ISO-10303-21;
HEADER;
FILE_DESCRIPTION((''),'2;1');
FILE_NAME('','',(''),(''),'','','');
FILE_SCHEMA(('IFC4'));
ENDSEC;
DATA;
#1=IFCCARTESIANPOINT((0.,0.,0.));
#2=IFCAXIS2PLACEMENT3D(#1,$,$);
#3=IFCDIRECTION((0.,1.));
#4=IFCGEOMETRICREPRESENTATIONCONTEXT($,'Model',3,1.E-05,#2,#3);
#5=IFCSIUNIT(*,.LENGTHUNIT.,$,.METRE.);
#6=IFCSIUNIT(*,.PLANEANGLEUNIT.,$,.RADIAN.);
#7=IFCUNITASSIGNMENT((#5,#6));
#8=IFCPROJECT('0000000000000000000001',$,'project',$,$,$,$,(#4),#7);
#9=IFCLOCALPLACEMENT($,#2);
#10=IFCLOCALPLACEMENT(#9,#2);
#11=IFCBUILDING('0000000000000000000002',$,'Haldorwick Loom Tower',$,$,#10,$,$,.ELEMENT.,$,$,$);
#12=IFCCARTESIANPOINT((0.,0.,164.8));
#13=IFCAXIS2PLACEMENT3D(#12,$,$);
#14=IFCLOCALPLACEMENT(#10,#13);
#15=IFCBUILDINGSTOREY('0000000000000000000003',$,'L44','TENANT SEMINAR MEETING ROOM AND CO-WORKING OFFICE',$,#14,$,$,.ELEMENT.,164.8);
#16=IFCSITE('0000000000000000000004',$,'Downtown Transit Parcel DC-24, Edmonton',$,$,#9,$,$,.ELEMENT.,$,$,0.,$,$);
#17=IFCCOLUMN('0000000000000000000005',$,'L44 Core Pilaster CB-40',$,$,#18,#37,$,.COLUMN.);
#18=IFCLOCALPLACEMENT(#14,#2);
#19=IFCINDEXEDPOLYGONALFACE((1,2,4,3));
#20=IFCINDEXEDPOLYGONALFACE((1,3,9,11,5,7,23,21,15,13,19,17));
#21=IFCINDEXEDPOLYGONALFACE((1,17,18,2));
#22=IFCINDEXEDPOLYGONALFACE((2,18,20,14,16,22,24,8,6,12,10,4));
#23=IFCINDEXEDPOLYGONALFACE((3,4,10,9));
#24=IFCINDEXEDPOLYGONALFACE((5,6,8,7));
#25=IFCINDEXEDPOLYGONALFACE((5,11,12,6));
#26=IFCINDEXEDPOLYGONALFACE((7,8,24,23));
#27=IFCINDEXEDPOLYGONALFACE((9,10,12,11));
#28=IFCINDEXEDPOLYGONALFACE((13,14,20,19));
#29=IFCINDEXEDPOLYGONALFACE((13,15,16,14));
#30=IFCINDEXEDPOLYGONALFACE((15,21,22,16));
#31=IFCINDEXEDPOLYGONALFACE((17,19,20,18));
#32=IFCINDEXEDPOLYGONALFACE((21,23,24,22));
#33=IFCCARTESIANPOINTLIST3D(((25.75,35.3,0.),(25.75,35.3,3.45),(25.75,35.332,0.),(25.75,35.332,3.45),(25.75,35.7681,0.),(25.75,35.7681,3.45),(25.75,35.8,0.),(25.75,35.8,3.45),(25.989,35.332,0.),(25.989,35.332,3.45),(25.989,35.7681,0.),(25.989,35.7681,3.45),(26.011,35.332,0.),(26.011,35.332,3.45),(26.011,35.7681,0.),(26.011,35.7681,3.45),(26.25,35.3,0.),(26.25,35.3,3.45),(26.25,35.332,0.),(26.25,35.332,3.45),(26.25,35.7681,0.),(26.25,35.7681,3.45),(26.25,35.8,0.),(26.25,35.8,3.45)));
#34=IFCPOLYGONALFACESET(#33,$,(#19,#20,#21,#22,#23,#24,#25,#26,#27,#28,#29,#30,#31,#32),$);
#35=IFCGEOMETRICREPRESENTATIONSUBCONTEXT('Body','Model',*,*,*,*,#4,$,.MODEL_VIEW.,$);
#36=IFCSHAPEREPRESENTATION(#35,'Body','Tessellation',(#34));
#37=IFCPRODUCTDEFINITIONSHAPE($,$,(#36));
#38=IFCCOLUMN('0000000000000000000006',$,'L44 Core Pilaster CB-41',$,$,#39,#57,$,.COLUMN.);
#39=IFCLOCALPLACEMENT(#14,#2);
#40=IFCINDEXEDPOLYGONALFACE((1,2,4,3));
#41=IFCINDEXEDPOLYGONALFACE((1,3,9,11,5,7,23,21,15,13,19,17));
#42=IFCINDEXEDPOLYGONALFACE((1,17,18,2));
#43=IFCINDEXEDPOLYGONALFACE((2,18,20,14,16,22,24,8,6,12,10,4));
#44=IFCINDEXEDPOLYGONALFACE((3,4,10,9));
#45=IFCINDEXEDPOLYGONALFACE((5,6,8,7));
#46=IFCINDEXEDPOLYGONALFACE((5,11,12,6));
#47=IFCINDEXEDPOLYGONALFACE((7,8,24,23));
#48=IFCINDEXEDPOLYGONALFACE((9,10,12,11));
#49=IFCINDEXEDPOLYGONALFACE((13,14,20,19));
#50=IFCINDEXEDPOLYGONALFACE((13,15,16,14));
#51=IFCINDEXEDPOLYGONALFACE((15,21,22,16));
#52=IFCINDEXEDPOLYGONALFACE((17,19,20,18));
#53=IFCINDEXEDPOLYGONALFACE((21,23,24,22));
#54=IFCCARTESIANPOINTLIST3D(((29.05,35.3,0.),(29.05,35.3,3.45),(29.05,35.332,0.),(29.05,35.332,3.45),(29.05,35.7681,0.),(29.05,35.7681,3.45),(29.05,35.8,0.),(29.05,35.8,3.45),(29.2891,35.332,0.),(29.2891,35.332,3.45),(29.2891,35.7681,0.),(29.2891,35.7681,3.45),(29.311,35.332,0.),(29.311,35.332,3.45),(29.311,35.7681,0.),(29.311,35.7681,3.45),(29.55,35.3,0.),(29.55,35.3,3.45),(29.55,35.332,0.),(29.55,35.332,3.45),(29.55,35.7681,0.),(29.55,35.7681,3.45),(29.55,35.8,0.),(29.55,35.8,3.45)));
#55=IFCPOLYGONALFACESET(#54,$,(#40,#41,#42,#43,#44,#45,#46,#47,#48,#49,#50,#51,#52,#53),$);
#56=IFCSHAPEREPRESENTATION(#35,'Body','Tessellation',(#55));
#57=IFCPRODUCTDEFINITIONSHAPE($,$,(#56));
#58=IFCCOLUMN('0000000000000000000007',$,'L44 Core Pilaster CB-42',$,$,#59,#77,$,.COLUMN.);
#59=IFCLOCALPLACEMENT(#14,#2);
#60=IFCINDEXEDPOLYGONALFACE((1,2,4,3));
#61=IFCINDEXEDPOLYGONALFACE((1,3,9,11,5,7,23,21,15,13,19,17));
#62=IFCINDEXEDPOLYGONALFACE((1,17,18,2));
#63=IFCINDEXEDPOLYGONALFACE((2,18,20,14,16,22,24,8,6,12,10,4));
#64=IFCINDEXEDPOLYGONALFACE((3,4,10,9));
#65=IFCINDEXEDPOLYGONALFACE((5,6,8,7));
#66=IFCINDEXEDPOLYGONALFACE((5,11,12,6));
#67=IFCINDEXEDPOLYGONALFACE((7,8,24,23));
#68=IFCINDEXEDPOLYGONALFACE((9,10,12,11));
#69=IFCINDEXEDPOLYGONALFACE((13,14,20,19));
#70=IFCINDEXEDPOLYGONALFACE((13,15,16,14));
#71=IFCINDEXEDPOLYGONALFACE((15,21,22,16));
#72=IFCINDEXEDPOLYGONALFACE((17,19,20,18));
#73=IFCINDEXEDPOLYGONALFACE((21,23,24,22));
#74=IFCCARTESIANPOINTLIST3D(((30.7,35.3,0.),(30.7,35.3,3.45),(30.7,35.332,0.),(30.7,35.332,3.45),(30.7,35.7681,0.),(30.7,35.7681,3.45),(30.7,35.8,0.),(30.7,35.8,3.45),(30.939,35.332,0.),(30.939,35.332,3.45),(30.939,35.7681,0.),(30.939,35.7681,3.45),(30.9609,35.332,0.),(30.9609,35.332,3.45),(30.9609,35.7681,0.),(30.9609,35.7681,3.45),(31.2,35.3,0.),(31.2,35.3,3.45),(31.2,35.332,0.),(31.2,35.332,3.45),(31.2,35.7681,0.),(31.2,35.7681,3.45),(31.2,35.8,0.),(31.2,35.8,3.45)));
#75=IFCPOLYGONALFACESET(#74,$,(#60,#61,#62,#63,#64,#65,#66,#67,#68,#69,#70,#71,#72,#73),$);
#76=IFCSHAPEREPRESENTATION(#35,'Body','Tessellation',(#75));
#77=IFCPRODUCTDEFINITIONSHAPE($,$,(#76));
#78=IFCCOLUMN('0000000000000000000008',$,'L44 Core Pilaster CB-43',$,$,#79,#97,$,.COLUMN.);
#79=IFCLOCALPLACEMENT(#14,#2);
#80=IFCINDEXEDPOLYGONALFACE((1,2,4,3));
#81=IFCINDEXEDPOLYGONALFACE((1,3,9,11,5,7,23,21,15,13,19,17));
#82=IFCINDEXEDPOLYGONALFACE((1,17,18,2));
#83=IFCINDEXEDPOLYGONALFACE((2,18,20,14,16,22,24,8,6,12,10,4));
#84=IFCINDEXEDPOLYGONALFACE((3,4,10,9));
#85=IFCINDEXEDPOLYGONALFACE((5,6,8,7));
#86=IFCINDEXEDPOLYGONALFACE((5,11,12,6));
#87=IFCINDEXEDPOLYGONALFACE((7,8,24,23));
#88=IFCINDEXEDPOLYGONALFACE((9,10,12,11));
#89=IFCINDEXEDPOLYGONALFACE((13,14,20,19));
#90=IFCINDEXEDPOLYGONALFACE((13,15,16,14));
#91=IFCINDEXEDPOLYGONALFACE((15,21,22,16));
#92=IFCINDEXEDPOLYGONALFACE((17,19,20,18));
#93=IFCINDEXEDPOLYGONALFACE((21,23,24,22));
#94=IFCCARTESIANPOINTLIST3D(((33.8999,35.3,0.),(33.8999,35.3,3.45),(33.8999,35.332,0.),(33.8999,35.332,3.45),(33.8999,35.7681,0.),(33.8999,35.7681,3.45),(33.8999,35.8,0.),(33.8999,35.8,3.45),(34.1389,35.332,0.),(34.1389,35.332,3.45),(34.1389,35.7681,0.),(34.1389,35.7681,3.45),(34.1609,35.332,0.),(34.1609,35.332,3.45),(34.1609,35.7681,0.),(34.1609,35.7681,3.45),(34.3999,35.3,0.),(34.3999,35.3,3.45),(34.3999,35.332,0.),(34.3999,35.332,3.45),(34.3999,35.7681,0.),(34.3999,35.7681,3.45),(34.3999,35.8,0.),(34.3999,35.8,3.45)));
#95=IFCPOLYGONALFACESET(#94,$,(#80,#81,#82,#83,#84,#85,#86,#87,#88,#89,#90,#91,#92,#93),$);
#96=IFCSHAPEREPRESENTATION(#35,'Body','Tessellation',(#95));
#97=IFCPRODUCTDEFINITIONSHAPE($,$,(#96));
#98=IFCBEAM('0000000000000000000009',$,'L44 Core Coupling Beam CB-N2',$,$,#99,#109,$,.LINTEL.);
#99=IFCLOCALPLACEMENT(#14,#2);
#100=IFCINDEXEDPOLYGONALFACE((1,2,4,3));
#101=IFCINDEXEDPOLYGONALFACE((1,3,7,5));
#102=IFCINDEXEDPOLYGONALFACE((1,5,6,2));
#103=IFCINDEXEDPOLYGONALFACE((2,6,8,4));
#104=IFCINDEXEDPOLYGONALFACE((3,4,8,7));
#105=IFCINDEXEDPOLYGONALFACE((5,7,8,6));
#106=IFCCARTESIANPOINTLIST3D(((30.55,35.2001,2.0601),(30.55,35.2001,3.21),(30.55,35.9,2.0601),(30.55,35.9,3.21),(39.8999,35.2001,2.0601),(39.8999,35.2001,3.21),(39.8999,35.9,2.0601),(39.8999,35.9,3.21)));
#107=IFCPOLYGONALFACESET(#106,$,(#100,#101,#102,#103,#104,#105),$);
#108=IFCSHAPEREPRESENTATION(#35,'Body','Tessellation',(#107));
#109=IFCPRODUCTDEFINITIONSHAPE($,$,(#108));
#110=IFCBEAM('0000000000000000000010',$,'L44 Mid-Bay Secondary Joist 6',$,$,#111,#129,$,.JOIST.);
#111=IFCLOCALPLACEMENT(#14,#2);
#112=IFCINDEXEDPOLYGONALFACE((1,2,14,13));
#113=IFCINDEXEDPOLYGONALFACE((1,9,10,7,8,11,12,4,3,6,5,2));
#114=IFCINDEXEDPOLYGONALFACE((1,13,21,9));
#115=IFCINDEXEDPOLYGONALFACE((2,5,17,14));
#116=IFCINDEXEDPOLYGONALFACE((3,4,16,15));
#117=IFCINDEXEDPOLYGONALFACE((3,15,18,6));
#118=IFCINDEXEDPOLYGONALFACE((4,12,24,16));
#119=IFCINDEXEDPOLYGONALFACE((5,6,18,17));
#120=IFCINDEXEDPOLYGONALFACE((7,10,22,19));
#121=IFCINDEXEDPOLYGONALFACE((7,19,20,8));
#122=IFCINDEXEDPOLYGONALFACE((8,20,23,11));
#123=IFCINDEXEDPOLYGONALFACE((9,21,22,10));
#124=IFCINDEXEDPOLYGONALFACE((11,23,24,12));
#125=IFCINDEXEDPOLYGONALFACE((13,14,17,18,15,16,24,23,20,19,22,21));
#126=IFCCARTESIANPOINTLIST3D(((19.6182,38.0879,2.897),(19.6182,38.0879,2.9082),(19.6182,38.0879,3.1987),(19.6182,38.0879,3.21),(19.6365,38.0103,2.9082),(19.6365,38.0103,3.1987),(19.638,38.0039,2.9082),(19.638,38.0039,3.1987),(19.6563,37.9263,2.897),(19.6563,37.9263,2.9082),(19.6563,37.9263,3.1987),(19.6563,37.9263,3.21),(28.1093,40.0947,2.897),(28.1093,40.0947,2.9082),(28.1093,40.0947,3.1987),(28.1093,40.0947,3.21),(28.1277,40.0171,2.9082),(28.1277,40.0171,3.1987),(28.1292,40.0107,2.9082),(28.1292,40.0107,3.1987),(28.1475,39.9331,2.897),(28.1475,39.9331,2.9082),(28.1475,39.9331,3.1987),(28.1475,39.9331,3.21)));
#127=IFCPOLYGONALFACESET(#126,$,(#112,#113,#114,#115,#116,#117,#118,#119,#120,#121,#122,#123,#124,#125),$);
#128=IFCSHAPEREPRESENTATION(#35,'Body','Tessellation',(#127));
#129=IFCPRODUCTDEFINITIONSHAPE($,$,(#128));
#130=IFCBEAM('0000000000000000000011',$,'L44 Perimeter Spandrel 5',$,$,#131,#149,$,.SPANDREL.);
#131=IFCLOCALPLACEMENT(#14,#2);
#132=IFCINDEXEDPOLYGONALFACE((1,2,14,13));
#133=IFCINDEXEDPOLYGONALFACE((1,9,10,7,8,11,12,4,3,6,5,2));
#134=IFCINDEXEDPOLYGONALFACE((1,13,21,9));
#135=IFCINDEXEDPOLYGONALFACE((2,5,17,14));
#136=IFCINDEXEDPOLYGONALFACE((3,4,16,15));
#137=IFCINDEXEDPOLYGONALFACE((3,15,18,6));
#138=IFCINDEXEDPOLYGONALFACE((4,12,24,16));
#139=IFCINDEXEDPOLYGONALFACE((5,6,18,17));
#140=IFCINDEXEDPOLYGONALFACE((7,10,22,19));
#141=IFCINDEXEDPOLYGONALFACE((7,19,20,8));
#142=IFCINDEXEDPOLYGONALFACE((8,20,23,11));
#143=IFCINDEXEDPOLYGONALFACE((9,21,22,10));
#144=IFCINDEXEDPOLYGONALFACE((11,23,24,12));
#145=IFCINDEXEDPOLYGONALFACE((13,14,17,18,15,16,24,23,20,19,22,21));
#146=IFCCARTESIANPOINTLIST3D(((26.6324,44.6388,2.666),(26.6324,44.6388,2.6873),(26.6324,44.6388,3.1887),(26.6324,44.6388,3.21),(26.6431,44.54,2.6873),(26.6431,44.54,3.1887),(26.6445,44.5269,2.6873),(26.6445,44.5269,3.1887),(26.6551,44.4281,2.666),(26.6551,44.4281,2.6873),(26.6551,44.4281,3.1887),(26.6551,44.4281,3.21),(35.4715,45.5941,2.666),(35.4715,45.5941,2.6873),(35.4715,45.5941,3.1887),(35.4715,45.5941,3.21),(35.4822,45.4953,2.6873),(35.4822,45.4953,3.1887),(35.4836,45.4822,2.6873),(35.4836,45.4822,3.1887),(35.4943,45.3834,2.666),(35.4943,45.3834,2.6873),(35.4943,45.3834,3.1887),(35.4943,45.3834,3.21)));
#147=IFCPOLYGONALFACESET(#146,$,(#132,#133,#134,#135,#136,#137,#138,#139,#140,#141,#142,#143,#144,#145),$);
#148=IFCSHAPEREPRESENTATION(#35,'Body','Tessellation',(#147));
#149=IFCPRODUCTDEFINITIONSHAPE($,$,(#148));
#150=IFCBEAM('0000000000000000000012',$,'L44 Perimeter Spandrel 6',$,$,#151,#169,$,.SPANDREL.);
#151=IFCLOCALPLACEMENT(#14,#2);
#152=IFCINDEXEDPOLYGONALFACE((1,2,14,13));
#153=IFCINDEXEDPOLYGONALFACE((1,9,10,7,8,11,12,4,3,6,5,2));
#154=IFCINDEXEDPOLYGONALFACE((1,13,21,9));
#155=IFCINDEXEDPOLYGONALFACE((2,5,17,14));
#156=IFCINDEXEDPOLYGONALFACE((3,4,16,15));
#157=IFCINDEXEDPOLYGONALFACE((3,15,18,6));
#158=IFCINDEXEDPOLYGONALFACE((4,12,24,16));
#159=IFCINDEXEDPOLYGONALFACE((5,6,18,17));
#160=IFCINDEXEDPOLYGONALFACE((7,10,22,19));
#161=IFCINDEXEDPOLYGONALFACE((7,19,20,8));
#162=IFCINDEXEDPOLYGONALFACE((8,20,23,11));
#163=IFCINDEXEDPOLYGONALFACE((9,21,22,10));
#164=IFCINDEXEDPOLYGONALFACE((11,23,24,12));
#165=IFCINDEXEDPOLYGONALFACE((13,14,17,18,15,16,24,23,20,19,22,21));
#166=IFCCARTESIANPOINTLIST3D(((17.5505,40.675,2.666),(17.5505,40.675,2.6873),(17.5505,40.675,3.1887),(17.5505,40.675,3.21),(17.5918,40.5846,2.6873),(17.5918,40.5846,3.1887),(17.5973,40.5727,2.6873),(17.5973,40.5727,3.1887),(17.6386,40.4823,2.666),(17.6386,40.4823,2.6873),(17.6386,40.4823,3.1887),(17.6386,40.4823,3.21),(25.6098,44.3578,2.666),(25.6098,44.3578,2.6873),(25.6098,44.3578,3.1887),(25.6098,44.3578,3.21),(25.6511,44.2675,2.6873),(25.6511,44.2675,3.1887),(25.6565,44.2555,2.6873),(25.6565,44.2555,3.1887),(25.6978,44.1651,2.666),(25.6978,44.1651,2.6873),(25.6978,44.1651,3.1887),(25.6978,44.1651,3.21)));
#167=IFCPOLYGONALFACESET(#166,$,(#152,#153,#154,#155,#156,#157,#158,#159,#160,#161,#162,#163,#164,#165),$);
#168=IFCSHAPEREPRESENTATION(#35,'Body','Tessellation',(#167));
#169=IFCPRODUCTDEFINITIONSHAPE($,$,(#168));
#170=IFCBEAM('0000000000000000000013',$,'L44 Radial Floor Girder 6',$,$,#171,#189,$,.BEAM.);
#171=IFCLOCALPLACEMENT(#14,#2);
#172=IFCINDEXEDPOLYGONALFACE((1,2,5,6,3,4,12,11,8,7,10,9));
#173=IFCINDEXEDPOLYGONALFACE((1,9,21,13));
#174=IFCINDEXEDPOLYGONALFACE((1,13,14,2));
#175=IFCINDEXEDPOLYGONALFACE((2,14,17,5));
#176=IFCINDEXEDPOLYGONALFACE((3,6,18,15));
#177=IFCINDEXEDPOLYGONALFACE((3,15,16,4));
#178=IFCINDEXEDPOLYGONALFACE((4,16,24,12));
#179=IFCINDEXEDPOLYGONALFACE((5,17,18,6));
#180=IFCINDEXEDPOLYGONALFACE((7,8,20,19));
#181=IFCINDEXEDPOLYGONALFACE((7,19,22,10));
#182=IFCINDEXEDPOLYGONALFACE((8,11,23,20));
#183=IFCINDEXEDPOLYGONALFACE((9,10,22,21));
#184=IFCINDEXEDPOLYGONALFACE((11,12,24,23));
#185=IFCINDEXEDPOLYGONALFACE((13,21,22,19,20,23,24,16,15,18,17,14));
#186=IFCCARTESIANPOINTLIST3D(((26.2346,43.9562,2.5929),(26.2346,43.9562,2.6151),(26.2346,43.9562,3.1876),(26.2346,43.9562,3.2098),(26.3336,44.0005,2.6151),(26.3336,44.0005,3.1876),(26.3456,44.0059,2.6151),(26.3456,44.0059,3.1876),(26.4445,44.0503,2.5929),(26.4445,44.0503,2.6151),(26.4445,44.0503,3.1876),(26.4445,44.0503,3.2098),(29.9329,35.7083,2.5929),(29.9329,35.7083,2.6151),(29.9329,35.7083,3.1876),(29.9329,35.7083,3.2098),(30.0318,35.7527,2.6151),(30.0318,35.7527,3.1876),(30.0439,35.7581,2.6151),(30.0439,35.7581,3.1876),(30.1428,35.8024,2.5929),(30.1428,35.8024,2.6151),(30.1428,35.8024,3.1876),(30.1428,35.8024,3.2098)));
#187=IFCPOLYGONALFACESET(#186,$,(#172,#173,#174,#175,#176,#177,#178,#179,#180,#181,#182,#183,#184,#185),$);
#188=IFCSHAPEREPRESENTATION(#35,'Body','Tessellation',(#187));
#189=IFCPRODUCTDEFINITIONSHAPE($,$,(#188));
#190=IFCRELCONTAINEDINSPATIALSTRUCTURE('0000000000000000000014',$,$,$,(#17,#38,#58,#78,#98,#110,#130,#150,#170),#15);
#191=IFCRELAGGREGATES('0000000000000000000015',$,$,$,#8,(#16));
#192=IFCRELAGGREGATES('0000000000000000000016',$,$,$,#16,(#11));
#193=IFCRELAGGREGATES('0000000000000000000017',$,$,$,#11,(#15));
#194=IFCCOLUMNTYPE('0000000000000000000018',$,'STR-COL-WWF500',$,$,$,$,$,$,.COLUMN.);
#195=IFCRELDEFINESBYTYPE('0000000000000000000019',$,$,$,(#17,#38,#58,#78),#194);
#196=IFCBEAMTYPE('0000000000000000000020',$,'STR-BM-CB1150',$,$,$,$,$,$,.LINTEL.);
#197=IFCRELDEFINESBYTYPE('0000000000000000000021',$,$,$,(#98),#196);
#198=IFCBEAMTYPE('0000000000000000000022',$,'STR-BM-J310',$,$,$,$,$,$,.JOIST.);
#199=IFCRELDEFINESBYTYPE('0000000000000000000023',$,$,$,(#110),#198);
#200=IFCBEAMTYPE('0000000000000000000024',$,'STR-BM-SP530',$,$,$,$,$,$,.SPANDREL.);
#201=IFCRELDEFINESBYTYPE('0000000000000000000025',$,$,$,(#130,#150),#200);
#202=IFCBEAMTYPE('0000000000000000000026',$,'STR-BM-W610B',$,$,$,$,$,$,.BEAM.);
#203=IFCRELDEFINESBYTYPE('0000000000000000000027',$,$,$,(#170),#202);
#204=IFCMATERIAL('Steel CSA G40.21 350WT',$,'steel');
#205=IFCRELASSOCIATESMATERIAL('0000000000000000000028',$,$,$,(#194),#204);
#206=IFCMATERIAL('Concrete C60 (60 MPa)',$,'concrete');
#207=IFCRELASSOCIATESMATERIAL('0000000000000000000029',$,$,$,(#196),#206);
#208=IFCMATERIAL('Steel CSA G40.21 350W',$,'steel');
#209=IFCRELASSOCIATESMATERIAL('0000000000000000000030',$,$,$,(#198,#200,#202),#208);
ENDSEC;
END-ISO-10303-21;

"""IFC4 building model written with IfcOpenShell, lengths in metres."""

from ifc_helpers import new_model, si_unit, direction, frame, origin, origin_2d, place, context, subcontext, project, spatial, rectangle, i_section, extrude, material, material_profile, profile_set, type_object, element, save


model = new_model("IFC4")

# Units and contexts
model_context = context("Model", 3, precision=1e-05, world=origin(), true_north=direction((0.0, 1.0)))
body_context = subcontext(model_context, "Body", "Model", "MODEL_VIEW")
ifc_project = project(units=[si_unit("LENGTHUNIT", "METRE"), si_unit("PLANEANGLEUNIT", "RADIAN")], contexts=[model_context])

# Site, building, storey
site_placement = place(None, origin())
site = spatial("IfcSite", under=ifc_project, at=site_placement, Name="Downtown Transit Parcel DC-24, Edmonton", CompositionType="ELEMENT", RefElevation=0.0)
building_placement = place(site_placement, origin())
building = spatial("IfcBuilding", under=site, at=building_placement, Name="Haldorwick Loom Tower", CompositionType="ELEMENT")
storey_placement = place(building_placement, frame((0.0, 0.0, 164.8)))
storey = spatial("IfcBuildingStorey", under=building, at=storey_placement, Name="L44", Description="TENANT SEMINAR MEETING ROOM AND CO-WORKING OFFICE", CompositionType="ELEMENT", Elevation=164.8)

# Columns
ifc_material_1 = material(Name="Concrete C60 (60 MPa)", Category="concrete")
ifc_material_2 = material(Name="Steel CSA G40.21 350WT", Category="steel")
ifc_material_profile_1 = material_profile(ifc_material_2, i_section(OverallWidth=0.5, OverallDepth=0.5, WebThickness=0.022, FlangeThickness=0.032, at=origin_2d()), Name="WWF500X500", Category="steel")
ifc_profile_set_1 = profile_set([ifc_material_profile_1], Name="Steel CSA G40.21 350WT")
column_type_1 = type_object("IfcColumnType", Name="STR-COL-WWF500", PredefinedType="COLUMN", material=ifc_profile_set_1)
for number, where, z_axis, x_axis, name in (
    (1, (26.0, 35.55, 0.0), (0.0, 0.0, 1.0), (1.0, 0.0, 0.0), "L44 Core Pilaster CB-40"),
    (2, (29.3, 35.55, 0.0), (0.0, 0.0, 1.0), (1.0, 0.0, 0.0), "L44 Core Pilaster CB-41"),
    (3, (30.95, 35.55, 0.0), (0.0, 0.0, 1.0), (1.0, 0.0, 0.0), "L44 Core Pilaster CB-42"),
    (4, (34.1499, 35.55, 0.0), (0.0, 0.0, 1.0), (1.0, 0.0, 0.0), "L44 Core Pilaster CB-43"),
):
    element("IfcColumn", number, at=place(storey_placement, frame(where, z_axis=z_axis, x_axis=x_axis)), inside=storey, type_object=column_type_1, Name=name, PredefinedType="COLUMN", context=body_context, shape_type="SweptSolid", body=[
        extrude(i_section(OverallWidth=0.5, OverallDepth=0.5, WebThickness=0.022, FlangeThickness=0.032, at=origin_2d()), origin(), (0.0, 0.0, 1.0), 3.45),
    ])

# Beams
ifc_material_profile_2 = material_profile(ifc_material_1, rectangle(XDim=0.7, YDim=1.1499, at=origin_2d()), Name="RC700X1150", Category="concrete")
ifc_profile_set_2 = profile_set([ifc_material_profile_2], Name="Concrete C60 (60 MPa)")
beam_type_1 = type_object("IfcBeamType", Name="STR-BM-CB1150", PredefinedType="LINTEL", material=ifc_profile_set_2)
beam_1_placement = place(storey_placement, frame((30.55, 35.55, 2.635), z_axis=(1.0, 0.0, 0.0), x_axis=(0.0, 1.0, 0.0)))
element("IfcBeam", 5, at=beam_1_placement, inside=storey, type_object=beam_type_1, Name="L44 Core Coupling Beam CB-N2", PredefinedType="LINTEL", context=body_context, shape_type="SweptSolid", body=[
    extrude(rectangle(XDim=0.7, YDim=1.1499, at=origin_2d()), origin(), (0.0, 0.0, 1.0), 9.3499),
])
ifc_material_3 = material(Name="Steel CSA G40.21 350W", Category="steel")
ifc_material_profile_3 = material_profile(ifc_material_3, i_section(OverallWidth=0.166, OverallDepth=0.313, WebThickness=0.0066, FlangeThickness=0.0112, at=origin_2d()), Name="W310X45", Category="steel")
ifc_profile_set_3 = profile_set([ifc_material_profile_3], Name="Steel CSA G40.21 350W")
beam_type_2 = type_object("IfcBeamType", Name="STR-BM-J310", PredefinedType="JOIST", material=ifc_profile_set_3)
beam_2_placement = place(storey_placement, frame((28.1284, 40.0139, 3.0535), z_axis=(-0.973189, -0.230006, 0.0), x_axis=(0.230006, -0.973189, 0.0)))
element("IfcBeam", 6, at=beam_2_placement, inside=storey, type_object=beam_type_2, Name="L44 Mid-Bay Secondary Joist 6", PredefinedType="JOIST", context=body_context, shape_type="SweptSolid", body=[
    extrude(i_section(OverallWidth=0.166, OverallDepth=0.313, WebThickness=0.0066, FlangeThickness=0.0112, at=origin_2d()), origin(), (0.0, 0.0, 1.0), 8.7251),
])
ifc_material_profile_4 = material_profile(ifc_material_3, i_section(OverallWidth=0.2119, OverallDepth=0.5439, WebThickness=0.0132, FlangeThickness=0.0212, at=origin_2d()), Name="W530X123", Category="steel")
ifc_profile_set_4 = profile_set([ifc_material_profile_4], Name="Steel CSA G40.21 350W")
beam_type_3 = type_object("IfcBeamType", Name="STR-BM-SP530", PredefinedType="SPANDREL", material=ifc_profile_set_4)
beam_3_placement = place(storey_placement, frame((35.4829, 45.4888, 2.938), z_axis=(-0.99421, -0.107453, 0.0), x_axis=(0.107453, -0.99421, 0.0)))
element("IfcBeam", 7, at=beam_3_placement, inside=storey, type_object=beam_type_3, Name="L44 Perimeter Spandrel 5", PredefinedType="SPANDREL", context=body_context, shape_type="SweptSolid", body=[
    extrude(i_section(OverallWidth=0.2119, OverallDepth=0.5439, WebThickness=0.0132, FlangeThickness=0.0212, at=origin_2d()), origin(), (0.0, 0.0, 1.0), 8.8906),
])
beam_4_placement = place(storey_placement, frame((25.6538, 44.2615, 2.938), z_axis=(-0.909534, -0.415629, 0.0), x_axis=(0.415629, -0.909534, 0.0)))
element("IfcBeam", 8, at=beam_4_placement, inside=storey, type_object=beam_type_3, Name="L44 Perimeter Spandrel 6", PredefinedType="SPANDREL", context=body_context, shape_type="SweptSolid", body=[
    extrude(i_section(OverallWidth=0.2119, OverallDepth=0.5439, WebThickness=0.0132, FlangeThickness=0.0212, at=origin_2d()), origin(), (0.0, 0.0, 1.0), 8.8608),
])
ifc_material_profile_5 = material_profile(ifc_material_3, i_section(OverallWidth=0.23, OverallDepth=0.6169, WebThickness=0.0132, FlangeThickness=0.0222, at=origin_2d()), Name="W610X140", Category="steel")
ifc_profile_set_5 = profile_set([ifc_material_profile_5], Name="Steel CSA G40.21 350W")
beam_type_4 = type_object("IfcBeamType", Name="STR-BM-W610B", PredefinedType="BEAM", material=ifc_profile_set_5)
beam_5_placement = place(storey_placement, frame((30.0378, 35.7554, 2.9014), z_axis=(-0.409144, 0.91247, 0.0), x_axis=(-0.91247, -0.409144, 0.0)))
element("IfcBeam", 9, at=beam_5_placement, inside=storey, type_object=beam_type_4, Name="L44 Radial Floor Girder 6", PredefinedType="BEAM", context=body_context, shape_type="SweptSolid", body=[
    extrude(i_section(OverallWidth=0.23, OverallDepth=0.6169, WebThickness=0.0132, FlangeThickness=0.0222, at=origin_2d()), origin(), (0.0, 0.0, 1.0), 9.0391),
])

save(model, "model.ifc")
